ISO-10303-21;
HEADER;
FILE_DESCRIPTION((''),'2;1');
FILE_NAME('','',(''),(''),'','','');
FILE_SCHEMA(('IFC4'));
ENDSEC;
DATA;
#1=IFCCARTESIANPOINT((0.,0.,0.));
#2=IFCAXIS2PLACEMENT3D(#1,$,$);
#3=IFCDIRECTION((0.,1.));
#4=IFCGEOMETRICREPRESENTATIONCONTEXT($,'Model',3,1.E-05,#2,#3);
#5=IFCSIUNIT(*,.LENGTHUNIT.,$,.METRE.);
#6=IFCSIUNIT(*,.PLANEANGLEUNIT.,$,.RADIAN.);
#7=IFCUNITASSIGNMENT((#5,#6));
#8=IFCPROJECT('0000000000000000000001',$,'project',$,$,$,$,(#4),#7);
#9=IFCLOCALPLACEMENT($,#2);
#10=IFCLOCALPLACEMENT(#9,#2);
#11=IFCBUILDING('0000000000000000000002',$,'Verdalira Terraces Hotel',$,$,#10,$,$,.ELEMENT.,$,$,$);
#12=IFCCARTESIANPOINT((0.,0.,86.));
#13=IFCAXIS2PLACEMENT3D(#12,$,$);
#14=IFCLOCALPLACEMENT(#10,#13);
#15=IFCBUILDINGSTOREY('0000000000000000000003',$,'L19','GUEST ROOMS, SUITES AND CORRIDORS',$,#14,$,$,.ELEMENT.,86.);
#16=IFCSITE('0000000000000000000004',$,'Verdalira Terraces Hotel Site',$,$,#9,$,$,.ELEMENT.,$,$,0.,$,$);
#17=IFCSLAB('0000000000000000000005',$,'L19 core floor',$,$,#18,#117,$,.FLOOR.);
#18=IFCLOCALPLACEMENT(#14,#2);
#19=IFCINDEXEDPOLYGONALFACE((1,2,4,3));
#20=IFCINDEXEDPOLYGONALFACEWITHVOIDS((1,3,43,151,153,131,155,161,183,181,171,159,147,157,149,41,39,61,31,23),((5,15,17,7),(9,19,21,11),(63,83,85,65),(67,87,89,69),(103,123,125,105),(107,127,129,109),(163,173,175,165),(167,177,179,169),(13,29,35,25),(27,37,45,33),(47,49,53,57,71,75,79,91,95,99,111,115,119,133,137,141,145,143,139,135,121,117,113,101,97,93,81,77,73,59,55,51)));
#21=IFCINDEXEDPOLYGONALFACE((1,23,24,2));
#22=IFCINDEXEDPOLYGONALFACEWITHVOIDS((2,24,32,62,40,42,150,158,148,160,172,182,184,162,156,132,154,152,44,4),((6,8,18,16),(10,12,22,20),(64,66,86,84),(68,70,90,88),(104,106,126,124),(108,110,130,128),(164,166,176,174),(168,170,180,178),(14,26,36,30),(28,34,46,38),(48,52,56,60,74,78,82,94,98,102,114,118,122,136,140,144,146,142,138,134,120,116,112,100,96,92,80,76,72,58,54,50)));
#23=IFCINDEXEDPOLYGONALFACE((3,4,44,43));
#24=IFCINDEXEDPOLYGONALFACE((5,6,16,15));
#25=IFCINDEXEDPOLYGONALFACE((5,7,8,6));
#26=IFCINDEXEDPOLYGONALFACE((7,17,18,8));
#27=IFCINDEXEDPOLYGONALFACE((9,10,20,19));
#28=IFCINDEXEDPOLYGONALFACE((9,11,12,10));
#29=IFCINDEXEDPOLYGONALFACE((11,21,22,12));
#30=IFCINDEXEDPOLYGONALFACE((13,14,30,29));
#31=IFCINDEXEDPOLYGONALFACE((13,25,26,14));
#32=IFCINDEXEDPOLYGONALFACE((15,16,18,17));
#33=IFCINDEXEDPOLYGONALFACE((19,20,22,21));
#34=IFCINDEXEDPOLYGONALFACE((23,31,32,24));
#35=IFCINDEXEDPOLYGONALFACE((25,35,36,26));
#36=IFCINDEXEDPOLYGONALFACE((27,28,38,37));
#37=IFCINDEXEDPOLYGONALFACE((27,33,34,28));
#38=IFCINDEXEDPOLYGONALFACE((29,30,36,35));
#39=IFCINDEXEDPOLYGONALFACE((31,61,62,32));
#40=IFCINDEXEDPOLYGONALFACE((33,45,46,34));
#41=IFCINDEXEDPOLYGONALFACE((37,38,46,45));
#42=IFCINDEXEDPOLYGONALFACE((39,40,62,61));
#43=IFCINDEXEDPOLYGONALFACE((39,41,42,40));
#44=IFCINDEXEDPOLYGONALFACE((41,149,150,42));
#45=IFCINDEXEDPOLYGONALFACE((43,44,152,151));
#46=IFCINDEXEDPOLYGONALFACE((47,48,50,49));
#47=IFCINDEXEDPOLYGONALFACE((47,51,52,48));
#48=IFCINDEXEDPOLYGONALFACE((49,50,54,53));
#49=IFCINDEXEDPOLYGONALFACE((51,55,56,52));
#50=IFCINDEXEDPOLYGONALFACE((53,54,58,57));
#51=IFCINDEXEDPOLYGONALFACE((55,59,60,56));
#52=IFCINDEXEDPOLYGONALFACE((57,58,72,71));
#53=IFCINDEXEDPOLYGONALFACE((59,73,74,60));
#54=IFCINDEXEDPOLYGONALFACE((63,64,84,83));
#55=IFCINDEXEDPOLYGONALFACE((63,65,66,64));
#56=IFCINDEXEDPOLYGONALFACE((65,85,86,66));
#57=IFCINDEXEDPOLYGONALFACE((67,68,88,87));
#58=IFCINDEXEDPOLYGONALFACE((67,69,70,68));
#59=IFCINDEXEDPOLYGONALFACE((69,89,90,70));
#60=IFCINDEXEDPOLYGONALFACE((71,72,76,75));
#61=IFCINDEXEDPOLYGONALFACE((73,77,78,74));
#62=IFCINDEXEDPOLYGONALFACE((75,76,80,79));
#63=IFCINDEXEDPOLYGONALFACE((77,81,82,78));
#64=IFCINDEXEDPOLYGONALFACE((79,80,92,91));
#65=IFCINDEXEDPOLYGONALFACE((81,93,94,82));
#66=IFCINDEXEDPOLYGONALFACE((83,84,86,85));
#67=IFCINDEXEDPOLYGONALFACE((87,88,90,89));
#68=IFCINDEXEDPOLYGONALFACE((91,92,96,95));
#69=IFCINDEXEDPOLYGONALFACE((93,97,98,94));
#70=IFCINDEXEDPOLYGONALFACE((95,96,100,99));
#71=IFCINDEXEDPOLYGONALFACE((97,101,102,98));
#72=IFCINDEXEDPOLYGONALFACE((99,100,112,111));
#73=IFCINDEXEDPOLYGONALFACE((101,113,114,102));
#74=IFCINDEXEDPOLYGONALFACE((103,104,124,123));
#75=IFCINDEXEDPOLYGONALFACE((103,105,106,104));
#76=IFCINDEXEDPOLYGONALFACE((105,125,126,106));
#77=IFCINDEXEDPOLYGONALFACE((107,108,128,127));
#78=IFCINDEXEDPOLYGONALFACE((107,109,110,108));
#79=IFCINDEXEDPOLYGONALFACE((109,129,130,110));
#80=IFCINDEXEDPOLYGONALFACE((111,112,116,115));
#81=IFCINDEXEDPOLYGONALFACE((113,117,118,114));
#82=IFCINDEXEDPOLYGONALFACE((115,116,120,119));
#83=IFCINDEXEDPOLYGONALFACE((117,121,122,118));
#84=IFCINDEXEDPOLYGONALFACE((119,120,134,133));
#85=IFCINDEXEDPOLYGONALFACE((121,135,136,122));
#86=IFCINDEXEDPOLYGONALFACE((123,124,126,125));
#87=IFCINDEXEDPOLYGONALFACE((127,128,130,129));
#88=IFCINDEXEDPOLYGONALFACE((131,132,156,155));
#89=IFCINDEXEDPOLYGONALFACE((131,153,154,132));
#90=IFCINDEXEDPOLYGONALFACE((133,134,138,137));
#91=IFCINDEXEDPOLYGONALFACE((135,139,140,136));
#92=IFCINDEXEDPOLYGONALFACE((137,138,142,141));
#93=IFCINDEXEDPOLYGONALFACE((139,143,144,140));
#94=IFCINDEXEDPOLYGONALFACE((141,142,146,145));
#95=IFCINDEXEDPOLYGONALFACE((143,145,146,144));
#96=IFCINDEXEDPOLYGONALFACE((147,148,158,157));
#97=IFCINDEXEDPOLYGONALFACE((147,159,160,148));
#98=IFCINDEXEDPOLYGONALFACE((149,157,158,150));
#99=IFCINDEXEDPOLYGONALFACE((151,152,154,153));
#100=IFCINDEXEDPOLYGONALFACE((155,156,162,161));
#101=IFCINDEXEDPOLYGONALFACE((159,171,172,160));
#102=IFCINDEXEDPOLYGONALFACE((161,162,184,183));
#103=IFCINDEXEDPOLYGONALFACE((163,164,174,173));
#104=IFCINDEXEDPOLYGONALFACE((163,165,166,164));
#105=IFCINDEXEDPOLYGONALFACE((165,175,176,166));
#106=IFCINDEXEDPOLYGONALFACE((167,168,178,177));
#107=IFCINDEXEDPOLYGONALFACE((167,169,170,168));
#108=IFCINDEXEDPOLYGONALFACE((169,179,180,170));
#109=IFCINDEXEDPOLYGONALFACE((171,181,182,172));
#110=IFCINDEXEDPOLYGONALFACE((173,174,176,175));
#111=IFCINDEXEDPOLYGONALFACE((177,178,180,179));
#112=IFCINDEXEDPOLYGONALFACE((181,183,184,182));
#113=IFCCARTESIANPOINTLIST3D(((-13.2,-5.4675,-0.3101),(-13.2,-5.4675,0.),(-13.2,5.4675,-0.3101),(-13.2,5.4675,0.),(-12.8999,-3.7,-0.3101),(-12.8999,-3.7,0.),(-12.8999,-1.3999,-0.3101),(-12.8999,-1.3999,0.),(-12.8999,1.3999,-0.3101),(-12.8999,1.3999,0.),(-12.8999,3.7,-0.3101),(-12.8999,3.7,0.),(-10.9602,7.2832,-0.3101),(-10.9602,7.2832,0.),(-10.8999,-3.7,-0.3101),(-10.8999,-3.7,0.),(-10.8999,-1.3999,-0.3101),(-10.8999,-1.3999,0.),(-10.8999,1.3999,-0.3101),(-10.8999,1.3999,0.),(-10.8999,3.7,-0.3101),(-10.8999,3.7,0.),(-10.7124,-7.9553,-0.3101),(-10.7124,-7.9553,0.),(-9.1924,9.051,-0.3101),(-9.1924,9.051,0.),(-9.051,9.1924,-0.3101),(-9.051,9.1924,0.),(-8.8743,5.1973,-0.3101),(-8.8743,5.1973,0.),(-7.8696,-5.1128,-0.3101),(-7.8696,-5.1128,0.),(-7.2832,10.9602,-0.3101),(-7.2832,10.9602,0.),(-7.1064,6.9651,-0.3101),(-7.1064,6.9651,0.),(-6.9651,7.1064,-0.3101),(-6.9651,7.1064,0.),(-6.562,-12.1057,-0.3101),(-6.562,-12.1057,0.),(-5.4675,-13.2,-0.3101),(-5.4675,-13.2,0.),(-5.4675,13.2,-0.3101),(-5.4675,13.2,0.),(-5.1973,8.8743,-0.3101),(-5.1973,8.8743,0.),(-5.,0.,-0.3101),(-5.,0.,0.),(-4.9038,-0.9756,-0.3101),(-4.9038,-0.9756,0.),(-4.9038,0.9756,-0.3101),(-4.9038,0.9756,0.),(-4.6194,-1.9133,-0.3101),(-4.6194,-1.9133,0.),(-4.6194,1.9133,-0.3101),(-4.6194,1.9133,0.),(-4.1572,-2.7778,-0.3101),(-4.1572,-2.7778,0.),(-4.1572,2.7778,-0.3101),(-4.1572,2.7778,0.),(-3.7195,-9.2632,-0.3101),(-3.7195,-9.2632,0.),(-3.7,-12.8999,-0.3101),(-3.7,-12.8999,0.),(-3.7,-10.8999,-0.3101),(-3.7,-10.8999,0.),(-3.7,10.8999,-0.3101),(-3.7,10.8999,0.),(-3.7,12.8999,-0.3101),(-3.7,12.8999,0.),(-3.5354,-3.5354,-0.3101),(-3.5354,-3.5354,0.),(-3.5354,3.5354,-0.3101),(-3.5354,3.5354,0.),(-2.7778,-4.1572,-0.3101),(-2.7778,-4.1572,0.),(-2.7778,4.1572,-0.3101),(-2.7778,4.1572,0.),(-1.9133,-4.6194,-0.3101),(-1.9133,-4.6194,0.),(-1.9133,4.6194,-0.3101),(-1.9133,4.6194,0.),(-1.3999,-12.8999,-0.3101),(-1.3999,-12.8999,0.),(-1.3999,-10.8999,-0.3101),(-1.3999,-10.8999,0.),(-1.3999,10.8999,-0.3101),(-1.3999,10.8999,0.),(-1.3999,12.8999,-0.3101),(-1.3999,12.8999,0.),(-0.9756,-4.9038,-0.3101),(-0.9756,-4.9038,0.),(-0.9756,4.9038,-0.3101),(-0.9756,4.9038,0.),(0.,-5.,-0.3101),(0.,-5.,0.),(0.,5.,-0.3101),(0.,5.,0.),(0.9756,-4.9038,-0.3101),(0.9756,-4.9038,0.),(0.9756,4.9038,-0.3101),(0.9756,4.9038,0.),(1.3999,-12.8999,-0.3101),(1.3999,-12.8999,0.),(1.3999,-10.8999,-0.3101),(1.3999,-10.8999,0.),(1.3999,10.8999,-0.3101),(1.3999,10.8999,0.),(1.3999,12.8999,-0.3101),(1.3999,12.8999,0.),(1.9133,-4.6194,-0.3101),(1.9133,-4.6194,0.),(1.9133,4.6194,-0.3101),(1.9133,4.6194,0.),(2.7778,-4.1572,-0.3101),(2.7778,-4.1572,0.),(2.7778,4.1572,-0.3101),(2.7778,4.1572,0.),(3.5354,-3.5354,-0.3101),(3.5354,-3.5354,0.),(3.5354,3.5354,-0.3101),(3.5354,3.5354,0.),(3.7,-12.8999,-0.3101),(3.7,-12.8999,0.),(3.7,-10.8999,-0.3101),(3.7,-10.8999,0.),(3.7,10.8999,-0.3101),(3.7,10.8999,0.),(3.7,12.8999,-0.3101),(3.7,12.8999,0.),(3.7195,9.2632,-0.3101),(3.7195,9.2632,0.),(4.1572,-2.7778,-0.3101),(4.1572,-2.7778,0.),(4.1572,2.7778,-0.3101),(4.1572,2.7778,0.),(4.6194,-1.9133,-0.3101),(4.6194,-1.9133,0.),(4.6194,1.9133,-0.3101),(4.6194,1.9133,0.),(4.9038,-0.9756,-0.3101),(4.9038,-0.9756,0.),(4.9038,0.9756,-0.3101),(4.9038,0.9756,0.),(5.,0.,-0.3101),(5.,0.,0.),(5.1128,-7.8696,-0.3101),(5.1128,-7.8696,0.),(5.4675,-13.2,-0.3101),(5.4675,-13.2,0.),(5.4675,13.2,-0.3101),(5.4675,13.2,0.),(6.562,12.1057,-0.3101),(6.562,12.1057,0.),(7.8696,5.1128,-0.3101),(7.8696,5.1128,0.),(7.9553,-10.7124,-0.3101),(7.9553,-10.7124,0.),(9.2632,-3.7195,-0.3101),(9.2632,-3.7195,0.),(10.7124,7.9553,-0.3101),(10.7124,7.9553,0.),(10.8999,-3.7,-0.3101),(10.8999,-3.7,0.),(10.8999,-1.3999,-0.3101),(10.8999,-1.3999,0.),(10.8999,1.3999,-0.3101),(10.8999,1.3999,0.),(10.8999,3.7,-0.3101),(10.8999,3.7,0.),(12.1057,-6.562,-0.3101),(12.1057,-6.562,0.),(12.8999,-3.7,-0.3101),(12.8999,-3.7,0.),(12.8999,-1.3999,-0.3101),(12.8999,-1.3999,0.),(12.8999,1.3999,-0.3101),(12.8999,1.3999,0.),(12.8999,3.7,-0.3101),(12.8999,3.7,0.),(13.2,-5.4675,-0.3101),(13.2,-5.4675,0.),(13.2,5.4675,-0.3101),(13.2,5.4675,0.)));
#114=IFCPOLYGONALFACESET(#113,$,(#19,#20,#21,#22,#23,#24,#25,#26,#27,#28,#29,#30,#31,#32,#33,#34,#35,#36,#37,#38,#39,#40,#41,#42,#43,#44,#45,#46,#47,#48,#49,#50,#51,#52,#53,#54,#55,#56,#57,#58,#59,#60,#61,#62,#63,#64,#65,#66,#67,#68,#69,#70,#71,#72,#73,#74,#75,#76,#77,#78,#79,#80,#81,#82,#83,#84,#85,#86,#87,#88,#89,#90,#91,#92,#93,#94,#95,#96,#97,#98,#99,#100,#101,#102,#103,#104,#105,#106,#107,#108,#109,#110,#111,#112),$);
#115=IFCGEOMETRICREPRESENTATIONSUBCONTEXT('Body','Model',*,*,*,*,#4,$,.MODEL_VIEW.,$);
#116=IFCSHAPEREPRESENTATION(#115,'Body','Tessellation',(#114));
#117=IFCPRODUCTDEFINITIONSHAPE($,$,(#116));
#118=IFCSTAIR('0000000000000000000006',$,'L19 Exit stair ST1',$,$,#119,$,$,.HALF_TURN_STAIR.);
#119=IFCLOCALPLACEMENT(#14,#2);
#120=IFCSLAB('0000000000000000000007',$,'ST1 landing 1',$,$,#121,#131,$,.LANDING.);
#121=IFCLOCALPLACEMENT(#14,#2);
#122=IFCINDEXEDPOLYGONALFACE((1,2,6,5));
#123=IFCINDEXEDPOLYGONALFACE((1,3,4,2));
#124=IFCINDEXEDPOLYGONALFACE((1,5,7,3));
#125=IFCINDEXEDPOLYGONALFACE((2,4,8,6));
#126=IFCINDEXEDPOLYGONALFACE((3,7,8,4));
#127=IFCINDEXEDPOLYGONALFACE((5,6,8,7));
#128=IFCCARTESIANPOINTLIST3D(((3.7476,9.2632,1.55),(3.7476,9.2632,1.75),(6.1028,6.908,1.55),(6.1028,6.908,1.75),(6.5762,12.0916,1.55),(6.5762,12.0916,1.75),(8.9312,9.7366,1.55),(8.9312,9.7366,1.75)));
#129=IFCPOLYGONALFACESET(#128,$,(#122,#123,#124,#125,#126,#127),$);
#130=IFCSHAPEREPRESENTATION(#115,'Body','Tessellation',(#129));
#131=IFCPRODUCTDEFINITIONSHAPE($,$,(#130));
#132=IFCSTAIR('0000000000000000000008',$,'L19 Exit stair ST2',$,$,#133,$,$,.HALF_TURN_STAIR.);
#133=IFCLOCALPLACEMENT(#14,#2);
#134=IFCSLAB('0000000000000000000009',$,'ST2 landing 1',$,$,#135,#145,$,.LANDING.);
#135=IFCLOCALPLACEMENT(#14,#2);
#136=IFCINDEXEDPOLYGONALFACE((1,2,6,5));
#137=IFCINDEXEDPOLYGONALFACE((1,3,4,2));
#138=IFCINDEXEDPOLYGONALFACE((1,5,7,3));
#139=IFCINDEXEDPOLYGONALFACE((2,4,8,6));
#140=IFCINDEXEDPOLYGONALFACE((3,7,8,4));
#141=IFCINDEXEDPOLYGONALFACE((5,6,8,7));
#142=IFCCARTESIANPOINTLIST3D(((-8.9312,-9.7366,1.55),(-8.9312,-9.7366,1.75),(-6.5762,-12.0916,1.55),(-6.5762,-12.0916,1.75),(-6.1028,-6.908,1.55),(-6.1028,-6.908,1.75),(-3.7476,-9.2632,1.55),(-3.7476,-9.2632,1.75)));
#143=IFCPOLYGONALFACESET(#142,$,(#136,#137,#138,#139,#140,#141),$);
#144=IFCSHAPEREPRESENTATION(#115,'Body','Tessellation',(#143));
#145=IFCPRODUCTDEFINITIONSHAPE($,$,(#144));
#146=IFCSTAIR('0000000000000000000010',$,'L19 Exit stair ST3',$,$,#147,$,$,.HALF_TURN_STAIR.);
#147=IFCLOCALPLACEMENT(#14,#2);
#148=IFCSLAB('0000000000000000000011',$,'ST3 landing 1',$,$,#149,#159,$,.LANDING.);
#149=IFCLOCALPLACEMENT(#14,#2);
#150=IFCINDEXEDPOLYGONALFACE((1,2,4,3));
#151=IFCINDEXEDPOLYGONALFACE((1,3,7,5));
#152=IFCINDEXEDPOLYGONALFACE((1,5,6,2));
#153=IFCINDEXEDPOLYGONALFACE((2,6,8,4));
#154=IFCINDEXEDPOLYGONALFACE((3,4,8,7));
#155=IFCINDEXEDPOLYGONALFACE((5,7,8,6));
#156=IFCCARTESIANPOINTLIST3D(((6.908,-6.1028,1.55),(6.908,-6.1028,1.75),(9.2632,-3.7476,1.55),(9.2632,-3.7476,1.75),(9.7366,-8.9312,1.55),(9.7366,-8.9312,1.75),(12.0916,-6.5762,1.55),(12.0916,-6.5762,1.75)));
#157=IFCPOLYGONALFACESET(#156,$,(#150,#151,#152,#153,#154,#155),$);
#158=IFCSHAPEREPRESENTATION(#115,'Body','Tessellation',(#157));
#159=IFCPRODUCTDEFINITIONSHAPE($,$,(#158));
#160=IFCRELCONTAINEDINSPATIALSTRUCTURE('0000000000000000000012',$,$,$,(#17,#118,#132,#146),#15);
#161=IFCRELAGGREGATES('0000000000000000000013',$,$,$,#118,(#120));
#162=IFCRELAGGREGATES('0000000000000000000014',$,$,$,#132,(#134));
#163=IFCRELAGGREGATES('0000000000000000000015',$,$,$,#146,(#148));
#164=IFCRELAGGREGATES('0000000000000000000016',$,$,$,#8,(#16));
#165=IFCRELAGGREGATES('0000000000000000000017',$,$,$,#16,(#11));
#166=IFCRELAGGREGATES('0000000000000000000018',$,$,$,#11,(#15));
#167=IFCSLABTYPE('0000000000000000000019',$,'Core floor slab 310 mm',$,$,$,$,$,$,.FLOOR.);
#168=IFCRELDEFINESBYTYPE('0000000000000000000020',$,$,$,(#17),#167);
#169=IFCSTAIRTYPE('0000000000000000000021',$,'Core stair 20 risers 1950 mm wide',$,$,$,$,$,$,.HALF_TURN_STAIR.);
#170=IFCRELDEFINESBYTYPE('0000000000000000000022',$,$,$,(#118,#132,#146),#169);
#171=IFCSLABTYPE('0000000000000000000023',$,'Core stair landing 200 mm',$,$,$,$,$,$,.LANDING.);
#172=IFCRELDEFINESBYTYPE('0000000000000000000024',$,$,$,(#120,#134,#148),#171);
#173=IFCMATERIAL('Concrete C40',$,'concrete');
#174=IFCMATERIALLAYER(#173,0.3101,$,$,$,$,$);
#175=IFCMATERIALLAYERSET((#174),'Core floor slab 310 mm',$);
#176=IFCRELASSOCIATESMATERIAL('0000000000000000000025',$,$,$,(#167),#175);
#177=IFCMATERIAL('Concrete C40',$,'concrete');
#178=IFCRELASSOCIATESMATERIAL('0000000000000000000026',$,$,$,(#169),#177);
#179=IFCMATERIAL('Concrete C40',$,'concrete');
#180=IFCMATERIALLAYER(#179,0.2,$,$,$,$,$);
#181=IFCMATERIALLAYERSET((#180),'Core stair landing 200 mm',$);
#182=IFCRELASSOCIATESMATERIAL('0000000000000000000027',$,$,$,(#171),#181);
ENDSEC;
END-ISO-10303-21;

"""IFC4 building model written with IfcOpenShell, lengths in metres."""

from ifc_helpers import new_model, si_unit, direction, frame, origin, place, context, subcontext, project, spatial, polyline, outline, extrude, material, layer, layer_set, type_object, element, aggregate, save


model = new_model("IFC4")

# Units and contexts
model_context = context("Model", 3, precision=1e-05, world=origin(), true_north=direction((0.0, 1.0)))
body_context = subcontext(model_context, "Body", "Model", "MODEL_VIEW")
ifc_project = project(units=[si_unit("LENGTHUNIT", "METRE"), si_unit("PLANEANGLEUNIT", "RADIAN")], contexts=[model_context])

# Site, building, storey
site_placement = place(None, origin())
site = spatial("IfcSite", under=ifc_project, at=site_placement, Name="Verdalira Terraces Hotel Site", CompositionType="ELEMENT", RefElevation=0.0)
building_placement = place(site_placement, origin())
building = spatial("IfcBuilding", under=site, at=building_placement, Name="Verdalira Terraces Hotel", CompositionType="ELEMENT")
storey_placement = place(building_placement, frame((0.0, 0.0, 86.0)))
storey = spatial("IfcBuildingStorey", under=building, at=storey_placement, Name="L19", Description="GUEST ROOMS, SUITES AND CORRIDORS", CompositionType="ELEMENT", Elevation=86.0)

# Slab
ifc_material_1 = material(Name="Concrete C40", Category="concrete")
ifc_layer_1 = layer(ifc_material_1, 0.3101)
ifc_layer_set_1 = layer_set([ifc_layer_1], Name="Core floor slab 310 mm")
slab_type_1 = type_object("IfcSlabType", Name="Core floor slab 310 mm", PredefinedType="FLOOR", material=ifc_layer_set_1)
slab_1_placement = place(storey_placement, frame((0.0, 0.0, -0.3101)))
element("IfcSlab", 1, at=slab_1_placement, inside=storey, type_object=slab_type_1, Name="L19 core floor", PredefinedType="FLOOR", context=body_context, shape_type="SweptSolid", body=[
    extrude(outline(polyline([(-5.4675, 13.2), (5.4675, 13.2), (6.562, 12.1057), (3.7195, 9.2632), (7.8696, 5.1128), (10.7124, 7.9553), (13.2, 5.4675), (13.2, -5.4675), (12.1057, -6.562), (9.2632, -3.7195), (5.1128, -7.8696), (7.9553, -10.7124), (5.4675, -13.2), (-5.4675, -13.2), (-6.562, -12.1057), (-3.7195, -9.2632), (-7.8696, -5.1128), (-10.7124, -7.9553), (-13.2, -5.4675), (-13.2, 5.4675), (-5.4675, 13.2)]), holes=[polyline([(12.8999, -3.7), (12.8999, -1.3999), (10.8999, -1.3999), (10.8999, -3.7), (12.8999, -3.7)]), polyline([(12.8999, 1.3999), (12.8999, 3.7), (10.8999, 3.7), (10.8999, 1.3999), (12.8999, 1.3999)]), polyline([(1.3999, 10.8999), (3.7, 10.8999), (3.7, 12.8999), (1.3999, 12.8999), (1.3999, 10.8999)]), polyline([(-3.7, 10.8999), (-1.3999, 10.8999), (-1.3999, 12.8999), (-3.7, 12.8999), (-3.7, 10.8999)]), polyline([(-12.8999, 3.7), (-12.8999, 1.3999), (-10.8999, 1.3999), (-10.8999, 3.7), (-12.8999, 3.7)]), polyline([(-12.8999, -1.3999), (-12.8999, -3.7), (-10.8999, -3.7), (-10.8999, -1.3999), (-12.8999, -1.3999)]), polyline([(-1.3999, -10.8999), (-3.7, -10.8999), (-3.7, -12.8999), (-1.3999, -12.8999), (-1.3999, -10.8999)]), polyline([(3.7, -10.8999), (1.3999, -10.8999), (1.3999, -12.8999), (3.7, -12.8999), (3.7, -10.8999)]), polyline([(-9.051, 9.1924), (-6.9651, 7.1064), (-5.1973, 8.8743), (-7.2832, 10.9602), (-9.051, 9.1924)]), polyline([(-9.1924, 9.051), (-10.9602, 7.2832), (-8.8743, 5.1973), (-7.1064, 6.9651), (-9.1924, 9.051)]), polyline([(3.5354, 3.5354), (2.7778, 4.1572), (1.9133, 4.6194), (0.9756, 4.9038), (0.0, 5.0), (-0.9756, 4.9038), (-1.9133, 4.6194), (-2.7778, 4.1572), (-3.5354, 3.5354), (-4.1572, 2.7778), (-4.6194, 1.9133), (-4.9038, 0.9756), (-5.0, 0.0), (-4.9038, -0.9756), (-4.6194, -1.9133), (-4.1572, -2.7778), (-3.5354, -3.5354), (-2.7778, -4.1572), (-1.9133, -4.6194), (-0.9756, -4.9038), (0.0, -5.0), (0.9756, -4.9038), (1.9133, -4.6194), (2.7778, -4.1572), (3.5354, -3.5354), (4.1572, -2.7778), (4.6194, -1.9133), (4.9038, -0.9756), (5.0, 0.0), (4.9038, 0.9756), (4.6194, 1.9133), (4.1572, 2.7778), (3.5354, 3.5354)])]), origin(), (0.0, 0.0, 1.0), 0.3101),
])

# Stairs, slabs
ifc_material_2 = material(Name="Concrete C40", Category="concrete")
stair_type = type_object("IfcStairType", Name="Core stair 20 risers 1950 mm wide", PredefinedType="HALF_TURN_STAIR", material=ifc_material_2)
stair_1_placement = place(storey_placement, origin())
stair_1 = element("IfcStair", 2, at=stair_1_placement, inside=storey, type_object=stair_type, Name="L19 Exit stair ST1", PredefinedType="HALF_TURN_STAIR")
ifc_material_3 = material(Name="Concrete C40", Category="concrete")
ifc_layer_2 = layer(ifc_material_3, 0.2)
ifc_layer_set_2 = layer_set([ifc_layer_2], Name="Core stair landing 200 mm")
slab_type_2 = type_object("IfcSlabType", Name="Core stair landing 200 mm", PredefinedType="LANDING", material=ifc_layer_set_2)
slab_2_placement = place(storey_placement, frame((0.0, 0.0, 1.55)))
slab_2 = element("IfcSlab", 3, at=slab_2_placement, type_object=slab_type_2, Name="ST1 landing 1", PredefinedType="LANDING", context=body_context, shape_type="SweptSolid", body=[
    extrude(outline(polyline([(8.9312, 9.7366), (6.5762, 12.0916), (3.7476, 9.2632), (6.1028, 6.908), (8.9312, 9.7366)])), origin(), (0.0, 0.0, 1.0), 0.2),
])
aggregate(stair_1, [slab_2])
stair_2_placement = place(storey_placement, origin())
stair_2 = element("IfcStair", 4, at=stair_2_placement, inside=storey, type_object=stair_type, Name="L19 Exit stair ST2", PredefinedType="HALF_TURN_STAIR")
slab_3_placement = place(storey_placement, frame((0.0, 0.0, 1.55)))
slab_3 = element("IfcSlab", 5, at=slab_3_placement, type_object=slab_type_2, Name="ST2 landing 1", PredefinedType="LANDING", context=body_context, shape_type="SweptSolid", body=[
    extrude(outline(polyline([(-8.9312, -9.7366), (-6.5762, -12.0916), (-3.7476, -9.2632), (-6.1028, -6.908), (-8.9312, -9.7366)])), origin(), (0.0, 0.0, 1.0), 0.2),
])
aggregate(stair_2, [slab_3])
stair_3_placement = place(storey_placement, origin())
stair_3 = element("IfcStair", 6, at=stair_3_placement, inside=storey, type_object=stair_type, Name="L19 Exit stair ST3", PredefinedType="HALF_TURN_STAIR")
slab_4_placement = place(storey_placement, frame((0.0, 0.0, 1.55)))
slab_4 = element("IfcSlab", 7, at=slab_4_placement, type_object=slab_type_2, Name="ST3 landing 1", PredefinedType="LANDING", context=body_context, shape_type="SweptSolid", body=[
    extrude(outline(polyline([(9.7366, -8.9312), (12.0916, -6.5762), (9.2632, -3.7476), (6.908, -6.1028), (9.7366, -8.9312)])), origin(), (0.0, 0.0, 1.0), 0.2),
])
aggregate(stair_3, [slab_4])

save(model, "model.ifc")
